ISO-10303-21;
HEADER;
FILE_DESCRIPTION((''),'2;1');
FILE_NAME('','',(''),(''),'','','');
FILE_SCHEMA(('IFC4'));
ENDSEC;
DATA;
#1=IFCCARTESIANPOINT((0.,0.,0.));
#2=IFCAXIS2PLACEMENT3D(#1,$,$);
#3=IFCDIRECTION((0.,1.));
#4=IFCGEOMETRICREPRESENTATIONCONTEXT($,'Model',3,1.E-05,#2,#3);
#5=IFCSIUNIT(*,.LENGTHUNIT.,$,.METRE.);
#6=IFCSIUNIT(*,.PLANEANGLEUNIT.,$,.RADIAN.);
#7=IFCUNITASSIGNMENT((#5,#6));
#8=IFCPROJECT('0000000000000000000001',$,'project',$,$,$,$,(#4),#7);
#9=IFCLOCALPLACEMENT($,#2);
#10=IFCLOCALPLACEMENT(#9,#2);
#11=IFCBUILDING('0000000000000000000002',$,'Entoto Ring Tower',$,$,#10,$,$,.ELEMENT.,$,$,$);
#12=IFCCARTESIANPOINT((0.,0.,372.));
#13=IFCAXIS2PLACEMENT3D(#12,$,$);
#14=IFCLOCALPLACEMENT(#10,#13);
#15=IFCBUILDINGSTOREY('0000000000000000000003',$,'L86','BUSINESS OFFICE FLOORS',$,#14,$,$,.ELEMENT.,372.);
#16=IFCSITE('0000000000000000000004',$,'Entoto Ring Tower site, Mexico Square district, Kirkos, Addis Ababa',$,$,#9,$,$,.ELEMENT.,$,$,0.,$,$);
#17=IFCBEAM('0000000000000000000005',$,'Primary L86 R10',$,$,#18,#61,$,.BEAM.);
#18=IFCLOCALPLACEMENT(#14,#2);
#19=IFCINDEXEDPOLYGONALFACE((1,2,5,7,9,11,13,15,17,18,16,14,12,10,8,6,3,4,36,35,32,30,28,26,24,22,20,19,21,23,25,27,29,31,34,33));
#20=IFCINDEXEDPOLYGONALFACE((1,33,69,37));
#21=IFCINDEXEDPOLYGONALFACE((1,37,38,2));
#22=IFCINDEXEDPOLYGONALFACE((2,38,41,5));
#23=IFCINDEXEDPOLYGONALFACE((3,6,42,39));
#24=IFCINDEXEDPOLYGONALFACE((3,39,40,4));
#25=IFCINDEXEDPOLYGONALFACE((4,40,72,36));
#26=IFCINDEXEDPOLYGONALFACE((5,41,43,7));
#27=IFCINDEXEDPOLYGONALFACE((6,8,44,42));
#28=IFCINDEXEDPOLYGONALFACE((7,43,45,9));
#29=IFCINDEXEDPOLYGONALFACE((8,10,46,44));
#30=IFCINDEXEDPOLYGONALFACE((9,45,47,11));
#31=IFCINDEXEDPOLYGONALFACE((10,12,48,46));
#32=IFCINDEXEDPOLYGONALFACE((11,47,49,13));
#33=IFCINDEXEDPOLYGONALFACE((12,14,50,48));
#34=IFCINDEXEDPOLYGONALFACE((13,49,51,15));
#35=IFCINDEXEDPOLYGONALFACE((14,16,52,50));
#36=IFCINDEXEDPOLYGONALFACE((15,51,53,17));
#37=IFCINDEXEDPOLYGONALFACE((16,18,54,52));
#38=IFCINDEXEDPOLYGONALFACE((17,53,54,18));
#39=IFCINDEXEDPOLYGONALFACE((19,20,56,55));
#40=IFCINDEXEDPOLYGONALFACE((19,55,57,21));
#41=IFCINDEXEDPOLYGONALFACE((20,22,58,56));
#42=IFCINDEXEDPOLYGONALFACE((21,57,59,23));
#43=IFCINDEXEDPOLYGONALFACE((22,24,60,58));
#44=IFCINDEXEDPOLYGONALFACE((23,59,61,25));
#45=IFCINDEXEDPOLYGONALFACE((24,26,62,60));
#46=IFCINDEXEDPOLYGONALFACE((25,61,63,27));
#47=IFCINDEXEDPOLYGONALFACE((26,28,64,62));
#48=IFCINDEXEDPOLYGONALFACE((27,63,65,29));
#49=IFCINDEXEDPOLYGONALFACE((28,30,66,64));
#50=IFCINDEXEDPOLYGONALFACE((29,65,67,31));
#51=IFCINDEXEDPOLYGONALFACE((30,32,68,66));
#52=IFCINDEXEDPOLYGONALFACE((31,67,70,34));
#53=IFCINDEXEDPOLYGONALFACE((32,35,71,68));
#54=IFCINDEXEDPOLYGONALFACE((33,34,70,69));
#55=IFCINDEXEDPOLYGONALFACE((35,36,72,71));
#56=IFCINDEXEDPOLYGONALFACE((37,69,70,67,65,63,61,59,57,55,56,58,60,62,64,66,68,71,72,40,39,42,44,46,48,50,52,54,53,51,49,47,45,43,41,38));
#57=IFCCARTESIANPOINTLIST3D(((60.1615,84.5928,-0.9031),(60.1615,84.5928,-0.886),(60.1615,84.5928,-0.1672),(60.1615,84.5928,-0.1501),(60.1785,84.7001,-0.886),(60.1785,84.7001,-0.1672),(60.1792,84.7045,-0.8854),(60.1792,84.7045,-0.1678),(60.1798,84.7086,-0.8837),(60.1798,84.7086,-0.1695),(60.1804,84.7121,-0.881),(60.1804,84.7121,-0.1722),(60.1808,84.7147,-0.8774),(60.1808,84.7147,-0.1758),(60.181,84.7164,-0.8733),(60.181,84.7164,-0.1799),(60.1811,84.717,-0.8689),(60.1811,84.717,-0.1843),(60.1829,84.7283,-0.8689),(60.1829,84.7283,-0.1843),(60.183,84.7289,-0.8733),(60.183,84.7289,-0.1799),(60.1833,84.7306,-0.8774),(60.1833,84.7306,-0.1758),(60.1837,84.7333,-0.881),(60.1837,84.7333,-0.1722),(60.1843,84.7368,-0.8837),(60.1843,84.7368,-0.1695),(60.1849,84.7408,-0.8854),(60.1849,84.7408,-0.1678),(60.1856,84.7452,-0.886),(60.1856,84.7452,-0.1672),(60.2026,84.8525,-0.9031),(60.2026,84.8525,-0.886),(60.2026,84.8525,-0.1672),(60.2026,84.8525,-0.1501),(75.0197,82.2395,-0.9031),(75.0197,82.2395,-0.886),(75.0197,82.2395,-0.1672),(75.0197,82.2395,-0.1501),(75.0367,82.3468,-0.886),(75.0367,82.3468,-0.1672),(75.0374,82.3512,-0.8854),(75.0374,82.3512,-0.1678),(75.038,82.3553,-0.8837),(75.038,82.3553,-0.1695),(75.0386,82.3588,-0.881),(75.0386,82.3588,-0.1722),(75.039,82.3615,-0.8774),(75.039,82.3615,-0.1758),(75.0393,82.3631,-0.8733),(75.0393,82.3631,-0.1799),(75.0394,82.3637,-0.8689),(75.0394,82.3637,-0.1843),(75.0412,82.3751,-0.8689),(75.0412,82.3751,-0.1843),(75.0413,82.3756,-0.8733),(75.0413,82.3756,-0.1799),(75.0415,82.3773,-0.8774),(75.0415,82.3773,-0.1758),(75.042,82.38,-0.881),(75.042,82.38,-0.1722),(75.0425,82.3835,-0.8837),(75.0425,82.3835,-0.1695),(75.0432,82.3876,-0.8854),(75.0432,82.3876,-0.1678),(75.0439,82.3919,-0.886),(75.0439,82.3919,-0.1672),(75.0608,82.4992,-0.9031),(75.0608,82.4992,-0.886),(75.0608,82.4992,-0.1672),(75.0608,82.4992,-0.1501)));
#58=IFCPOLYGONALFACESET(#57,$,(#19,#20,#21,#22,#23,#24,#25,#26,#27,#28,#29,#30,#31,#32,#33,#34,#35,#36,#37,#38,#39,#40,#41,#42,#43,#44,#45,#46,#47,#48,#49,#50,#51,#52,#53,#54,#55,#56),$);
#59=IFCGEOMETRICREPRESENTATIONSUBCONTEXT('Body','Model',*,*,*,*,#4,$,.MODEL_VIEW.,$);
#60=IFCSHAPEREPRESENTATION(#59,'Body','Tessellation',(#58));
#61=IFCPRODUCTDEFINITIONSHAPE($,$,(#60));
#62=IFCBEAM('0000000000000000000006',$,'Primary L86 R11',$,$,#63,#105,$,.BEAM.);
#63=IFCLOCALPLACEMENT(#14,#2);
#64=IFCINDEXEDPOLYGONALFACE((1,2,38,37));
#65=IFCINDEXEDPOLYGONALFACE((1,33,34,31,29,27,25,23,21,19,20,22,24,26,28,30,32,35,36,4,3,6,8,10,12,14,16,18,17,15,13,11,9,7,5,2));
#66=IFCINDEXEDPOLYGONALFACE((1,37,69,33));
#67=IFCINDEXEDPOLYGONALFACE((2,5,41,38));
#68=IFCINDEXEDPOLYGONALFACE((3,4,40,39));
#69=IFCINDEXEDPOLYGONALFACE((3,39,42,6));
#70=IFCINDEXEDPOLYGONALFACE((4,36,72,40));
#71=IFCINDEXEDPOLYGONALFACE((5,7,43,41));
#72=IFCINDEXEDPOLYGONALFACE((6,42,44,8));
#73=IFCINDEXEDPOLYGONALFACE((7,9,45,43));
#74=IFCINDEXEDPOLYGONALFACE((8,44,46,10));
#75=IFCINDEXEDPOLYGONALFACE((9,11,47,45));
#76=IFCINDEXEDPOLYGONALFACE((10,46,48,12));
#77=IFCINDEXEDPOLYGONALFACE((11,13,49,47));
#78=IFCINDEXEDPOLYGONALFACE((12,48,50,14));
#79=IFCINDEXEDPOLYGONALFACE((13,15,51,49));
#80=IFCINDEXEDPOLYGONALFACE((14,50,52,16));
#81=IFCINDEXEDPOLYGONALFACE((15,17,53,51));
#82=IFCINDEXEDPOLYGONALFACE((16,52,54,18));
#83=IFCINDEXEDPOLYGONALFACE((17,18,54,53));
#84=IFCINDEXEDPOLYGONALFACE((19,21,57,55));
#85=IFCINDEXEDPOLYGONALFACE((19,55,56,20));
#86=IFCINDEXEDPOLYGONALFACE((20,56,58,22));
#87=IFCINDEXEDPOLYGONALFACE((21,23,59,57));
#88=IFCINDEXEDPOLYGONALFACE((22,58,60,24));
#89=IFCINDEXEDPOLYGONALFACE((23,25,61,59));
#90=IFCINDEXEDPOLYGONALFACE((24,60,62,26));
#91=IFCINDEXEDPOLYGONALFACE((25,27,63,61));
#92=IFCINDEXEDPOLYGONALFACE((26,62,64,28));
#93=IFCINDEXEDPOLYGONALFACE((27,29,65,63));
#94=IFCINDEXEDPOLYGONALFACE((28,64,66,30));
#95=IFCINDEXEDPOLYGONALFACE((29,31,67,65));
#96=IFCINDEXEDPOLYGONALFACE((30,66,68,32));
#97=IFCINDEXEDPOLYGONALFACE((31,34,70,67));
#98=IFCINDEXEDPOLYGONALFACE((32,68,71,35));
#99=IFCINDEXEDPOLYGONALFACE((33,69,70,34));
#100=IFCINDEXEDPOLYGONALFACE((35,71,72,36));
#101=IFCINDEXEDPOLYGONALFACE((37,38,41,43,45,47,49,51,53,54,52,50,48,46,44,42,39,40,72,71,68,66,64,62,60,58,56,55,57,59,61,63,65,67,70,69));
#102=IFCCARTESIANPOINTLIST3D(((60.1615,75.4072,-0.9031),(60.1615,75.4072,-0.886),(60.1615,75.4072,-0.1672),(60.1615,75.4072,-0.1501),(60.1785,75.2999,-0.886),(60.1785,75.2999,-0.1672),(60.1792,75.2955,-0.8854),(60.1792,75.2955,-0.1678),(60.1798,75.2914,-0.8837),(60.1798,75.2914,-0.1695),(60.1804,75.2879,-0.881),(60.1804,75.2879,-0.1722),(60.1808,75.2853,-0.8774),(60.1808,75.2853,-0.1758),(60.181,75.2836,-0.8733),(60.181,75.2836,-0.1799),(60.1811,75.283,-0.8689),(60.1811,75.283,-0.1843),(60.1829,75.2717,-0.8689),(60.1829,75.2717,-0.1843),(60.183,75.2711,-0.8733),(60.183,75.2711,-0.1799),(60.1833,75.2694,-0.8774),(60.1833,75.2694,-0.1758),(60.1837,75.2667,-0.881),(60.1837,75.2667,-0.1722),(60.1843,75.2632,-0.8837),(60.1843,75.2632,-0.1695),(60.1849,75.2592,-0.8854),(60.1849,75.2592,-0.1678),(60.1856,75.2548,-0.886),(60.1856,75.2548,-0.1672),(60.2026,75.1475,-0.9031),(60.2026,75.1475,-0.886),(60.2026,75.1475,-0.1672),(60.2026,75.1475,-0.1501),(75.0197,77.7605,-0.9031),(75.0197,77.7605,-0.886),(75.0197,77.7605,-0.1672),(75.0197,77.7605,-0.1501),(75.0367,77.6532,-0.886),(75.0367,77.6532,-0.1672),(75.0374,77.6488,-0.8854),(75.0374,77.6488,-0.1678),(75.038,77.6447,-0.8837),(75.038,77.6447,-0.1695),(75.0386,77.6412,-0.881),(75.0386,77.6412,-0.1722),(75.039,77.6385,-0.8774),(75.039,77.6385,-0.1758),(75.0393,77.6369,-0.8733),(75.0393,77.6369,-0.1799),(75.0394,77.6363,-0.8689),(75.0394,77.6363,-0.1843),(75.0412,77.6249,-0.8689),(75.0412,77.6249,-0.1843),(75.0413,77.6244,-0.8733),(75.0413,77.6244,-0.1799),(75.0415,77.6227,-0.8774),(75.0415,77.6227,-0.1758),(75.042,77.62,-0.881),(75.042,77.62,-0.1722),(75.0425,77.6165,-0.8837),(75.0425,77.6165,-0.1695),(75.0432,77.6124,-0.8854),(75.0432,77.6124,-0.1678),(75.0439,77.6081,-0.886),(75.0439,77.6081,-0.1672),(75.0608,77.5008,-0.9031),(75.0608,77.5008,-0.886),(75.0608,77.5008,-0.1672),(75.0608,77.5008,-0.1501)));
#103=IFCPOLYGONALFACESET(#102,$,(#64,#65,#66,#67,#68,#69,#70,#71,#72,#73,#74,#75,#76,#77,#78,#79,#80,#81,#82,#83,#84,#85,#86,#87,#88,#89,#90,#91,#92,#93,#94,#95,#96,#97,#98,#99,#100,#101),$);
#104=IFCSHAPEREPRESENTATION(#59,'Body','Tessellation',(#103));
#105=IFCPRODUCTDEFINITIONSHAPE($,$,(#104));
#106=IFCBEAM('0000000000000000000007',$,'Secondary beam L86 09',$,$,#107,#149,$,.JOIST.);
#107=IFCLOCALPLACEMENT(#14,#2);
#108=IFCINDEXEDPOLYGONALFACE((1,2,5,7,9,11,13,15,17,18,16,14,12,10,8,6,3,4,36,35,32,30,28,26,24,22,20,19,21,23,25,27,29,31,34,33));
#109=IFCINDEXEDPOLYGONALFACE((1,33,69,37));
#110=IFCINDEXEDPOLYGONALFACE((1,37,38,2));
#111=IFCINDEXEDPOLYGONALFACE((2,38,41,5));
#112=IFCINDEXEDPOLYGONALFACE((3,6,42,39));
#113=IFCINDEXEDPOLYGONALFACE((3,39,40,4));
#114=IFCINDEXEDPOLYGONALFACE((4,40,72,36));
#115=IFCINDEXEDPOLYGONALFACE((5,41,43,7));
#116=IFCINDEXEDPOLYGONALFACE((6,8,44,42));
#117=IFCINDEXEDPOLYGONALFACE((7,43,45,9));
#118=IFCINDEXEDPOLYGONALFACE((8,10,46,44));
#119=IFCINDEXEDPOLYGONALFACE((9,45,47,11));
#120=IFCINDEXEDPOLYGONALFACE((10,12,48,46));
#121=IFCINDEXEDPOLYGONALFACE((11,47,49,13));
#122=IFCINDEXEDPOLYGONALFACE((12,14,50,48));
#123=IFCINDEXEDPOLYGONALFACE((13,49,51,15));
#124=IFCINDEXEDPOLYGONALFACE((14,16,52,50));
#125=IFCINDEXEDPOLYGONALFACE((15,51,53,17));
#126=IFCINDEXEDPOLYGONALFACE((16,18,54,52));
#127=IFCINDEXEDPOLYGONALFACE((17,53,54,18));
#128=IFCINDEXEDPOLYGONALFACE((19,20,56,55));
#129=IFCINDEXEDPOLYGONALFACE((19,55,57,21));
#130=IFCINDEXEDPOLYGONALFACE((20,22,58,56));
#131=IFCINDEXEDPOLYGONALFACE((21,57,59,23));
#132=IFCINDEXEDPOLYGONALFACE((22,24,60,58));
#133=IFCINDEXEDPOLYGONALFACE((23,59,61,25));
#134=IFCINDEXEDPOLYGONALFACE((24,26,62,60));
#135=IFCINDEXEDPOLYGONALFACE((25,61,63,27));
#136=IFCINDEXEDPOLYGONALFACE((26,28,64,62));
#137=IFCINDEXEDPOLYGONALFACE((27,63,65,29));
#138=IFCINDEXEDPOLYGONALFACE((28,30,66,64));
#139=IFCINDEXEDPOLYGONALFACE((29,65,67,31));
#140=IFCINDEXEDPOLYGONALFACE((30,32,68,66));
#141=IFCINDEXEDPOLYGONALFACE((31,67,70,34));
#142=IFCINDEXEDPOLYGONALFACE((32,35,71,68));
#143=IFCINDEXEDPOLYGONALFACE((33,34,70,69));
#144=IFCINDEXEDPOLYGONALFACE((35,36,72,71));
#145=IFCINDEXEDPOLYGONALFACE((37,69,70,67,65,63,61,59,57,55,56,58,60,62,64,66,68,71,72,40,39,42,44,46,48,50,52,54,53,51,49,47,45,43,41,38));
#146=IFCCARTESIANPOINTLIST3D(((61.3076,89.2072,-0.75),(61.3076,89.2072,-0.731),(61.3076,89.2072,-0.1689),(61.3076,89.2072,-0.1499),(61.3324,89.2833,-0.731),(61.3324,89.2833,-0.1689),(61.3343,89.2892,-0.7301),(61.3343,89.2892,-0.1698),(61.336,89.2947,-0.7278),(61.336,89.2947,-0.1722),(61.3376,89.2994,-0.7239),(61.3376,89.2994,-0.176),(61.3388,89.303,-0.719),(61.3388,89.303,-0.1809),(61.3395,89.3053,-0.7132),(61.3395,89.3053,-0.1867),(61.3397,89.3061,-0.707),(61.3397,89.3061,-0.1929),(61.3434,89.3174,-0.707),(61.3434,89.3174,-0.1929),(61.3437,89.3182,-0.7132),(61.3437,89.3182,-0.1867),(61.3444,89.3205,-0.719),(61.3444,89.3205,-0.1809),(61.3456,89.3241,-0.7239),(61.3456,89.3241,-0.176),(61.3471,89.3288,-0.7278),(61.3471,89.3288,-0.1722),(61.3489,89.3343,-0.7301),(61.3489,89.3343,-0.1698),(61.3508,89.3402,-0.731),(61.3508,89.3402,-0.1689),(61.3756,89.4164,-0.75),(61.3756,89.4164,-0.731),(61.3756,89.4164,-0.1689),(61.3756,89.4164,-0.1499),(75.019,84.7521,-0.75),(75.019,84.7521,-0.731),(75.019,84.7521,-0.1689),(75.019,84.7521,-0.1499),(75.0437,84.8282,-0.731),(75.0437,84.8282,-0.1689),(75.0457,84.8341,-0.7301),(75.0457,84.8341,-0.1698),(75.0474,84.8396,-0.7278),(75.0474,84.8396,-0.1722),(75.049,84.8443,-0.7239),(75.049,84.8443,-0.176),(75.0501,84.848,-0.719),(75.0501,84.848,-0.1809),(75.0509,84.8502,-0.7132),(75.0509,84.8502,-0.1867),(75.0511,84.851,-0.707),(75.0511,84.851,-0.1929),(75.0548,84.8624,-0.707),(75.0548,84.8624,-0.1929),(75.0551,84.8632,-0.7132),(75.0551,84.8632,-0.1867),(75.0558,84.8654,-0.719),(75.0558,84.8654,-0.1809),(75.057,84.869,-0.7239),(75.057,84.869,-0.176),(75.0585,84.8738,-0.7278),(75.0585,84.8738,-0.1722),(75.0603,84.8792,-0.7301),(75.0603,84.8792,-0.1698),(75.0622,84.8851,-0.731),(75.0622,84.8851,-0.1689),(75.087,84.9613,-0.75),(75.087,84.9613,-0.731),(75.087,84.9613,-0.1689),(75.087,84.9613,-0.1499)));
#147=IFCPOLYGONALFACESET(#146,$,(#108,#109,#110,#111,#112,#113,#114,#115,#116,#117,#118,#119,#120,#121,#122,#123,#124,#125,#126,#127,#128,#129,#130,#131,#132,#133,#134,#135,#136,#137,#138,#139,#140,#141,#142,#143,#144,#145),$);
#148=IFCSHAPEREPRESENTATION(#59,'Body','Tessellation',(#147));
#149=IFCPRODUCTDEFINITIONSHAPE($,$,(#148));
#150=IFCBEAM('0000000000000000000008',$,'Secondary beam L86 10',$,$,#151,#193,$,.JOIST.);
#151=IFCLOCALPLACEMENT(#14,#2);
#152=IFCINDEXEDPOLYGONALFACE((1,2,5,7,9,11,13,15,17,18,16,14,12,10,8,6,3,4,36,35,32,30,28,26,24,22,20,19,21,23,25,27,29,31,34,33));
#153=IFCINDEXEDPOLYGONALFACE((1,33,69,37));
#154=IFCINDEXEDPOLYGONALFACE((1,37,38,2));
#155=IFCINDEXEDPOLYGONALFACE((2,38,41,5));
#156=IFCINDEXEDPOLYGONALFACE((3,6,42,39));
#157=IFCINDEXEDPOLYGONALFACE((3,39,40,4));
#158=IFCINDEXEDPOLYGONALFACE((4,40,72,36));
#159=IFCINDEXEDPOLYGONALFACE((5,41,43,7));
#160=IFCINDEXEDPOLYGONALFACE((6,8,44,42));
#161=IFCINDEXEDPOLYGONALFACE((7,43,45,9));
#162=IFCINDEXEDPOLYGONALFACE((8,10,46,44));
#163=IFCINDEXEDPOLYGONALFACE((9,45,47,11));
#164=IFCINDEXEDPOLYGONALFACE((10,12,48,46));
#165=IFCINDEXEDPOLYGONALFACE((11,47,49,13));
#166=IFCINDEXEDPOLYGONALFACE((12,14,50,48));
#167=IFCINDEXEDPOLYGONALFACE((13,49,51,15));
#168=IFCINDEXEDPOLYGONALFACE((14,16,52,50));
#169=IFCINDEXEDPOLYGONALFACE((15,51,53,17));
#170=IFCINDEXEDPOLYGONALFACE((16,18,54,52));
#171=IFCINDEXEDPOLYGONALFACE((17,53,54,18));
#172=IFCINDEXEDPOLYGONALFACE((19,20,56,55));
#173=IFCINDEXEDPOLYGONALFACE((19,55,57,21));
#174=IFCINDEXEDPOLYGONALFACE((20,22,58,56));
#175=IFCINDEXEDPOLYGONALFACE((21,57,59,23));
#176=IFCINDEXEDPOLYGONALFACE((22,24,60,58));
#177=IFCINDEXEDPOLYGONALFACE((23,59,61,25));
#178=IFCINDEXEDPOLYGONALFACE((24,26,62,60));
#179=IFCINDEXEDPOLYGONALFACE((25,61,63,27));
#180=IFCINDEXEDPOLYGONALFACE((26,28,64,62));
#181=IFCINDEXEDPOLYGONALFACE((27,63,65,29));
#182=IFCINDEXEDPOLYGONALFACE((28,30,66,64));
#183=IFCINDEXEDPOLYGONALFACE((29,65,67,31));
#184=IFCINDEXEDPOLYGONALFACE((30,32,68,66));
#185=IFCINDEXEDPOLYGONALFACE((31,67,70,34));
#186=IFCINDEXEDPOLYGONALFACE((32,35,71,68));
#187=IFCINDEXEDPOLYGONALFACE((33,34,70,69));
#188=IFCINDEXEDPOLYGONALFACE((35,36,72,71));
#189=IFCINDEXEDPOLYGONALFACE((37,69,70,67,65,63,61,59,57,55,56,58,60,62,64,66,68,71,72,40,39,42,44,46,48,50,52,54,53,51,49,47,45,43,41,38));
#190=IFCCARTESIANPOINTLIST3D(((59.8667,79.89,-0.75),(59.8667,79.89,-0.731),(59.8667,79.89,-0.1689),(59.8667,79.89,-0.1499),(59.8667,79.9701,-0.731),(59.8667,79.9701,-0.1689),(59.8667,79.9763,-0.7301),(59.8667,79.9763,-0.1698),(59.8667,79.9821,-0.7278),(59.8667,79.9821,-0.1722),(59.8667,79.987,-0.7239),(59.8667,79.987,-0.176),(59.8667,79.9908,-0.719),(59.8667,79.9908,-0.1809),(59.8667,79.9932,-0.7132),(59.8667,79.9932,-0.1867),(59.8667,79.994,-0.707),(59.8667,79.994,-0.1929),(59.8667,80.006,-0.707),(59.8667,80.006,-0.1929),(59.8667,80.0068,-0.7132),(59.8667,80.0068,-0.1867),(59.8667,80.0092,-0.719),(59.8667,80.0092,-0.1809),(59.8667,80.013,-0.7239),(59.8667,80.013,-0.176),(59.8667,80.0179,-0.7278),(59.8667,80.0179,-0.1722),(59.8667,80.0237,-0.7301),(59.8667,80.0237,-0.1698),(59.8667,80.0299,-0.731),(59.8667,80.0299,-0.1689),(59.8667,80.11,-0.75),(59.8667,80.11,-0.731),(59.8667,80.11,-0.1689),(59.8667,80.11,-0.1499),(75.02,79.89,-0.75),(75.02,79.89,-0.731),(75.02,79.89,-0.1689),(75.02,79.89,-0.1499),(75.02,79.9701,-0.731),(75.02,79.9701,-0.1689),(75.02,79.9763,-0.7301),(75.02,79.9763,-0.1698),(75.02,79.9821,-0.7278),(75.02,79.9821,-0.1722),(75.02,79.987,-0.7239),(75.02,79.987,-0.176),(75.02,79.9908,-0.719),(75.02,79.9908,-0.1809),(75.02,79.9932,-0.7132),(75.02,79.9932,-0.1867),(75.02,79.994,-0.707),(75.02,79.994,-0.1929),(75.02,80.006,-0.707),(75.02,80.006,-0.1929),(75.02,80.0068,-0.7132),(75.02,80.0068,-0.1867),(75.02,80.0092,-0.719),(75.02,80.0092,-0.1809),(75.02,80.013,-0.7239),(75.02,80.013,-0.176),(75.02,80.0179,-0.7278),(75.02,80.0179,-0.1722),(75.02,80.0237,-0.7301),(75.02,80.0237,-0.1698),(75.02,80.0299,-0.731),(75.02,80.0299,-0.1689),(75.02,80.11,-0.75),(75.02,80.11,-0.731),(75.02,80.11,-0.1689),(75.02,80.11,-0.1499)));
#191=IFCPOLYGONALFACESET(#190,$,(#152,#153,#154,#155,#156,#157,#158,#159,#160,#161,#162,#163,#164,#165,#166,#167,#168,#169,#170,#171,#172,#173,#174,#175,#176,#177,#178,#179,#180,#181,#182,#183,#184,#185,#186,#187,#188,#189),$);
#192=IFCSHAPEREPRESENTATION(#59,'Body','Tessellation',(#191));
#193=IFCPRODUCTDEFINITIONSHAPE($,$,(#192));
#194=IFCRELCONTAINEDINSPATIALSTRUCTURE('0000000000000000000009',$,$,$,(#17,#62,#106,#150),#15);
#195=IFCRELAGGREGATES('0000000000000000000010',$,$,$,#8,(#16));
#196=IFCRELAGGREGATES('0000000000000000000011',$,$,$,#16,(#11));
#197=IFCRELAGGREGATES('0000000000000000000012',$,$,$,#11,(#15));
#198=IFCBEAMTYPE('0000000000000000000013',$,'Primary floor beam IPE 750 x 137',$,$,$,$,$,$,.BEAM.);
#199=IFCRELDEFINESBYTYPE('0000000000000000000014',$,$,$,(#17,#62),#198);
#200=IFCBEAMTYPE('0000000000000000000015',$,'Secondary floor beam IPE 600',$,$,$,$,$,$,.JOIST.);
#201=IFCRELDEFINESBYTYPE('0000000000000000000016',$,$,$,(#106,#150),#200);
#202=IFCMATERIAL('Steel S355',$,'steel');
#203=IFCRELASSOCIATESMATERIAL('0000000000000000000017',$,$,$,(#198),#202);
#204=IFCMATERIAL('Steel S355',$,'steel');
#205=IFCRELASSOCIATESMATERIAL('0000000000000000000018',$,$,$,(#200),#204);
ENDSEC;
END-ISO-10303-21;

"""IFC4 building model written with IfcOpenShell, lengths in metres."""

from ifc_helpers import new_model, si_unit, direction, frame, origin, origin_2d, place, context, subcontext, project, spatial, i_section, extrude, material, material_profile, profile_set, type_object, element, save


model = new_model("IFC4")

# Units and contexts
model_context = context("Model", 3, precision=1e-05, world=origin(), true_north=direction((0.0, 1.0)))
body_context = subcontext(model_context, "Body", "Model", "MODEL_VIEW")
ifc_project = project(units=[si_unit("LENGTHUNIT", "METRE"), si_unit("PLANEANGLEUNIT", "RADIAN")], contexts=[model_context])

# Site, building, storey
site_placement = place(None, origin())
site = spatial("IfcSite", under=ifc_project, at=site_placement, Name="Entoto Ring Tower site, Mexico Square district, Kirkos, Addis Ababa", CompositionType="ELEMENT", RefElevation=0.0)
building_placement = place(site_placement, origin())
building = spatial("IfcBuilding", under=site, at=building_placement, Name="Entoto Ring Tower", CompositionType="ELEMENT")
storey_placement = place(building_placement, frame((0.0, 0.0, 372.0)))
storey = spatial("IfcBuildingStorey", under=building, at=storey_placement, Name="L86", Description="BUSINESS OFFICE FLOORS", CompositionType="ELEMENT", Elevation=372.0)

# Beams
ifc_material_1 = material(Name="Steel S355", Category="steel")
ifc_material_profile_1 = material_profile(ifc_material_1, i_section(OverallWidth=0.2629, OverallDepth=0.7529, WebThickness=0.0115, FlangeThickness=0.0171, FilletRadius=0.0171, at=origin_2d()), Name="IPE 750 x 137")
ifc_profile_set_1 = profile_set([ifc_material_profile_1], Name="Steel S355")
beam_type_1 = type_object("IfcBeamType", Name="Primary floor beam IPE 750 x 137", PredefinedType="BEAM", material=ifc_profile_set_1)
for number, where, z_axis, x_axis, name in (
    (1, (75.0403, 82.3694, -0.5266), (-0.987689, 0.156433, 0.0), (-0.156433, -0.987689, 0.0), "Primary L86 R10"),
    (2, (75.0403, 77.6306, -0.5266), (-0.987689, -0.156433, 0.0), (0.156433, -0.987689, 0.0), "Primary L86 R11"),
):
    element("IfcBeam", number, at=place(storey_placement, frame(where, z_axis=z_axis, x_axis=x_axis)), inside=storey, type_object=beam_type_1, Name=name, PredefinedType="BEAM", context=body_context, shape_type="SweptSolid", body=[
        extrude(i_section(OverallWidth=0.2629, OverallDepth=0.7529, WebThickness=0.0115, FlangeThickness=0.0171, FilletRadius=0.0171, at=origin_2d()), origin(), (0.0, 0.0, 1.0), 15.0435),
    ])
ifc_material_2 = material(Name="Steel S355", Category="steel")
ifc_material_profile_2 = material_profile(ifc_material_2, i_section(OverallWidth=0.22, OverallDepth=0.6001, WebThickness=0.012, FlangeThickness=0.019, FilletRadius=0.0239, at=origin_2d()), Name="IPE 600")
ifc_profile_set_2 = profile_set([ifc_material_profile_2], Name="Steel S355")
beam_type_2 = type_object("IfcBeamType", Name="Secondary floor beam IPE 600", PredefinedType="JOIST", material=ifc_profile_set_2)
beam_1_placement = place(storey_placement, frame((75.053, 84.8567, -0.45), z_axis=(-0.951057, 0.309015, 0.0), x_axis=(-0.309015, -0.951057, 0.0)))
element("IfcBeam", 3, at=beam_1_placement, inside=storey, type_object=beam_type_2, Name="Secondary beam L86 09", PredefinedType="JOIST", context=body_context, shape_type="SweptSolid", body=[
    extrude(i_section(OverallWidth=0.22, OverallDepth=0.6001, WebThickness=0.012, FlangeThickness=0.019, FilletRadius=0.0239, at=origin_2d()), origin(), (0.0, 0.0, 1.0), 14.417),
])
beam_2_placement = place(storey_placement, frame((75.02, 80.0, -0.45), z_axis=(-1.0, 0.0, 0.0), x_axis=(0.0, -1.0, 0.0)))
element("IfcBeam", 4, at=beam_2_placement, inside=storey, type_object=beam_type_2, Name="Secondary beam L86 10", PredefinedType="JOIST", context=body_context, shape_type="SweptSolid", body=[
    extrude(i_section(OverallWidth=0.22, OverallDepth=0.6001, WebThickness=0.012, FlangeThickness=0.019, FilletRadius=0.0239, at=origin_2d()), origin(), (0.0, 0.0, 1.0), 15.1533),
])

save(model, "model.ifc")
